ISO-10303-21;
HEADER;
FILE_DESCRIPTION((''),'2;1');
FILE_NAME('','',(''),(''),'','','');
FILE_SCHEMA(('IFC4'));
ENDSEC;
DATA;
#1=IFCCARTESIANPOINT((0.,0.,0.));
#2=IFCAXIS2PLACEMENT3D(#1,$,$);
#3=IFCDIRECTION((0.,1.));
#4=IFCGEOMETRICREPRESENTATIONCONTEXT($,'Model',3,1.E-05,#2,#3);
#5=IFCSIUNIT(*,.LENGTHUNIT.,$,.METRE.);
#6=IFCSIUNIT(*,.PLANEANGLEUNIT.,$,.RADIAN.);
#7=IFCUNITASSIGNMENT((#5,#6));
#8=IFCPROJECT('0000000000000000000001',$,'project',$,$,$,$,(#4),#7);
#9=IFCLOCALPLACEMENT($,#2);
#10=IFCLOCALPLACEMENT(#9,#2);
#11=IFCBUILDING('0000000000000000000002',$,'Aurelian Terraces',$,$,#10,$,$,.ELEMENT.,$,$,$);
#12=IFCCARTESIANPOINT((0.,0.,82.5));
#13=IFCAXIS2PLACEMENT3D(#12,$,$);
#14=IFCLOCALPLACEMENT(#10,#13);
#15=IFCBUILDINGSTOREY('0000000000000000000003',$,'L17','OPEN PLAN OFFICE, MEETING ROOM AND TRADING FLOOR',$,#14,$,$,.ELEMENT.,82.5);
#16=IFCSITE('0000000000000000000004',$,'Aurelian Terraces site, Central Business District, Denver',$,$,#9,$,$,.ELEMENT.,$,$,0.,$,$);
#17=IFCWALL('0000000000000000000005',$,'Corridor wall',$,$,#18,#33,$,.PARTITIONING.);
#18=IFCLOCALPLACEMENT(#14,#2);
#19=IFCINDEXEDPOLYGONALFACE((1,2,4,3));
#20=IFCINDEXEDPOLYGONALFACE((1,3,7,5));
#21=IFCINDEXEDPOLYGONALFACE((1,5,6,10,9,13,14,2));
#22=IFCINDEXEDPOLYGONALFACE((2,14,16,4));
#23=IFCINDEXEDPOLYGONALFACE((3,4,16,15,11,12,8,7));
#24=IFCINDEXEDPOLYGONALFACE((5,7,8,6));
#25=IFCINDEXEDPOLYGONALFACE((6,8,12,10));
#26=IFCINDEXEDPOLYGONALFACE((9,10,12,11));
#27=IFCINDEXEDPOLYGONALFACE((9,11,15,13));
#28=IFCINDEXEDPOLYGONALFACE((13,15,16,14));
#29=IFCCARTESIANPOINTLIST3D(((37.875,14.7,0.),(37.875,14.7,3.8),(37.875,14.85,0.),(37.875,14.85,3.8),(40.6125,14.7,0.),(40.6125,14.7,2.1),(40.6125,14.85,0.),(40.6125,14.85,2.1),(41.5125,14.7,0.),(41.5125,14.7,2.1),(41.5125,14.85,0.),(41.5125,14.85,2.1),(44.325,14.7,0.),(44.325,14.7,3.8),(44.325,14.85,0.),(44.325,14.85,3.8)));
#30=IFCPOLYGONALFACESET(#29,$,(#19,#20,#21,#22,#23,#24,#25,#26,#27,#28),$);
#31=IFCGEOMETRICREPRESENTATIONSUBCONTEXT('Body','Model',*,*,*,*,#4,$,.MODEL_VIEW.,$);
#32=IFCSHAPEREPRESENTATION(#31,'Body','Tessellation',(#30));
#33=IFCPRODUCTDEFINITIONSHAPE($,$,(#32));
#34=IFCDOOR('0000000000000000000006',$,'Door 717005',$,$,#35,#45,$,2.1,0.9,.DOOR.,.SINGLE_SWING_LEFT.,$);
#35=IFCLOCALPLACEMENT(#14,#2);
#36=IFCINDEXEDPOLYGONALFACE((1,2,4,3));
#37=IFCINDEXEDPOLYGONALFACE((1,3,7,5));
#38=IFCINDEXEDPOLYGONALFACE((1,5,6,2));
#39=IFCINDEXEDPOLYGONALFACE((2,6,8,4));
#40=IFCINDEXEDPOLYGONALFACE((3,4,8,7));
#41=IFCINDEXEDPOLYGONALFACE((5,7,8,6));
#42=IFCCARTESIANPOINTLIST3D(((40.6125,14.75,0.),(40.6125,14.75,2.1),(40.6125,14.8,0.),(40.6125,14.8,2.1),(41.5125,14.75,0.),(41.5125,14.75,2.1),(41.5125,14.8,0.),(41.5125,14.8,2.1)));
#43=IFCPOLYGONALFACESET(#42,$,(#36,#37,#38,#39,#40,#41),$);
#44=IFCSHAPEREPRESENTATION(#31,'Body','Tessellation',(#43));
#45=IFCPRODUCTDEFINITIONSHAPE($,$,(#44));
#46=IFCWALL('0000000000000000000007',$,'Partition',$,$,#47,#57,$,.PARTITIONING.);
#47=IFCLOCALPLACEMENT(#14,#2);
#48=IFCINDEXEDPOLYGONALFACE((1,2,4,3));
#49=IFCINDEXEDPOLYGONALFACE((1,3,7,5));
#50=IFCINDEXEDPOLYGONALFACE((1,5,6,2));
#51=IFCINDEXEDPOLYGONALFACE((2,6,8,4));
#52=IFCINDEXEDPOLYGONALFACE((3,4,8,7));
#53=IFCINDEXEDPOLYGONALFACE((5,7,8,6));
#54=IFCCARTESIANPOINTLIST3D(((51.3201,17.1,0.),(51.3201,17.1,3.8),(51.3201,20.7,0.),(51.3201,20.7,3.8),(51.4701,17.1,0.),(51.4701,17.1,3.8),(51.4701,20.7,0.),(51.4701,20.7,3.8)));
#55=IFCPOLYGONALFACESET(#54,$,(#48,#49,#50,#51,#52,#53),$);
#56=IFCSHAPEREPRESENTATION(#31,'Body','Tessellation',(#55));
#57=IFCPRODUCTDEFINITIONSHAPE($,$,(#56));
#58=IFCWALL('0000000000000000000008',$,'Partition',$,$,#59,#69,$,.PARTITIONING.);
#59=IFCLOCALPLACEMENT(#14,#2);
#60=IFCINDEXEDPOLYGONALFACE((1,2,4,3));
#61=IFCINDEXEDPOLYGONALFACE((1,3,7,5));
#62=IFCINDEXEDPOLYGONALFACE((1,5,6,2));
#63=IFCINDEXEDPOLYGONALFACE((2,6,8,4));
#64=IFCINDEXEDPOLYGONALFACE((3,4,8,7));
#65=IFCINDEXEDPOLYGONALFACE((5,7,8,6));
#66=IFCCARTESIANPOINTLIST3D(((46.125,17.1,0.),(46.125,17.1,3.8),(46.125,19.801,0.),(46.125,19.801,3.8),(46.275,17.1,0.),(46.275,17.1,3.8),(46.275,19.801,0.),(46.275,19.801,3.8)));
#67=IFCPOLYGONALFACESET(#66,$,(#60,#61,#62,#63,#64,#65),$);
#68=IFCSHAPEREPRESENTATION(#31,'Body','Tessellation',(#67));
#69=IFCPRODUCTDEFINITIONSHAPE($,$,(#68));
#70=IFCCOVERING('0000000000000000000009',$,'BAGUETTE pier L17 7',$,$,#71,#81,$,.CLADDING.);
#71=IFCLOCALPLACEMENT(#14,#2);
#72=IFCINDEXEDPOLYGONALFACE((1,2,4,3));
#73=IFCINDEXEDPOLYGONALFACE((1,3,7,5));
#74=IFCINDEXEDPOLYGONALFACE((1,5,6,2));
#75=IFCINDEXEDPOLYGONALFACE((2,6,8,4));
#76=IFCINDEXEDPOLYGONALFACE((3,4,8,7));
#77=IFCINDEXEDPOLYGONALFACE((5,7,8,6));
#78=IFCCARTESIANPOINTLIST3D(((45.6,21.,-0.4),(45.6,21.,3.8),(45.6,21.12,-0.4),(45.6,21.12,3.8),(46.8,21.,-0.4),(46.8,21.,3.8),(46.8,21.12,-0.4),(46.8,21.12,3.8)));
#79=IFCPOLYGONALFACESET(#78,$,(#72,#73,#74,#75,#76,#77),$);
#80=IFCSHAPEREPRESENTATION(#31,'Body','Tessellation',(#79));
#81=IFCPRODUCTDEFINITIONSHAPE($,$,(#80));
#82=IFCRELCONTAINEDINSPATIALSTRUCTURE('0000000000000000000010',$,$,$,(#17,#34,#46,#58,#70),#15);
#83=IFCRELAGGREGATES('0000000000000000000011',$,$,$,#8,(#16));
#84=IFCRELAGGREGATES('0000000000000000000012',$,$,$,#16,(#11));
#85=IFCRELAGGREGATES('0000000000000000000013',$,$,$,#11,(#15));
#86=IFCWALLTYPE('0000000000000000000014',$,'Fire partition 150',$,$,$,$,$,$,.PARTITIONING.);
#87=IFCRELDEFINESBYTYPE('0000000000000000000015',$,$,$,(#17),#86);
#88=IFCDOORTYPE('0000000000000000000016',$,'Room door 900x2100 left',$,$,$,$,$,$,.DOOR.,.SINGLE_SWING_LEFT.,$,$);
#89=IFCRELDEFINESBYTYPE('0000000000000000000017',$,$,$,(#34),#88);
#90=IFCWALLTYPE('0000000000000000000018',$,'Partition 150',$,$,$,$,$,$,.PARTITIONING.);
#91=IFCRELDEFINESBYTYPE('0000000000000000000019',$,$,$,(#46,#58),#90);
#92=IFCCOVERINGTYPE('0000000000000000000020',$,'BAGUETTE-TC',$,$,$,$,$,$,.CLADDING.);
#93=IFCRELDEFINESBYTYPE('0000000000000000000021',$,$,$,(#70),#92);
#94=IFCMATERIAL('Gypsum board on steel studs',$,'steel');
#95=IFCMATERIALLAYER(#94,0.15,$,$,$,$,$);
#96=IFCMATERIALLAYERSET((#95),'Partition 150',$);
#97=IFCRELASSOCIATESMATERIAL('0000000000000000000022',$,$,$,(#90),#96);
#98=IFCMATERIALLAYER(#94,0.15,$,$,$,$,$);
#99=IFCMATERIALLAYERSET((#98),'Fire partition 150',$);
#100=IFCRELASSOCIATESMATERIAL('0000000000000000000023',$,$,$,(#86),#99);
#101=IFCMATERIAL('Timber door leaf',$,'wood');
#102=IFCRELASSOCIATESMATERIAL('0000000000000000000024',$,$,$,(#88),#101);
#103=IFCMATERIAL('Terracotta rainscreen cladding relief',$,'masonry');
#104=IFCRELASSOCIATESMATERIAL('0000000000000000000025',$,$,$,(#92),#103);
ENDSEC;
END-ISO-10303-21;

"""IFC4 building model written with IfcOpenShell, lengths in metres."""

from ifc_helpers import new_model, si_unit, direction, frame, frame_2d, origin, origin_2d, place, context, subcontext, project, spatial, rectangle, extrude, source, transform, mapped, material, layer, layer_set, type_object, element, fill, save


model = new_model("IFC4")

# Units and contexts
model_context = context("Model", 3, precision=1e-05, world=origin(), true_north=direction((0.0, 1.0)))
body_context = subcontext(model_context, "Body", "Model", "MODEL_VIEW")
ifc_project = project(units=[si_unit("LENGTHUNIT", "METRE"), si_unit("PLANEANGLEUNIT", "RADIAN")], contexts=[model_context])

# Site, building, storey
site_placement = place(None, origin())
site = spatial("IfcSite", under=ifc_project, at=site_placement, Name="Aurelian Terraces site, Central Business District, Denver", CompositionType="ELEMENT", RefElevation=0.0)
building_placement = place(site_placement, origin())
building = spatial("IfcBuilding", under=site, at=building_placement, Name="Aurelian Terraces", CompositionType="ELEMENT")
storey_placement = place(building_placement, frame((0.0, 0.0, 82.5)))
storey = spatial("IfcBuildingStorey", under=building, at=storey_placement, Name="L17", Description="OPEN PLAN OFFICE, MEETING ROOM AND TRADING FLOOR", CompositionType="ELEMENT", Elevation=82.5)

# Shared definitions
ifc_material_1 = material(Name="Gypsum board on steel studs", Category="steel")
ifc_layer_1 = layer(ifc_material_1, 0.15)
ifc_layer_set_1 = layer_set([ifc_layer_1], Name="Partition 150")
wall_type_1 = type_object("IfcWallType", Name="Partition 150", PredefinedType="PARTITIONING", material=ifc_layer_set_1)

# Shared definitions
ifc_material_2 = material(Name="Timber door leaf", Category="wood")

# Wall, opening, door
ifc_layer_2 = layer(ifc_material_1, 0.15)
ifc_layer_set_2 = layer_set([ifc_layer_2], Name="Fire partition 150")
wall_type_2 = type_object("IfcWallType", Name="Fire partition 150", PredefinedType="PARTITIONING", material=ifc_layer_set_2)
shared_shape_1 = source(origin(), body_context, "Body", "SweptSolid", [
    extrude(rectangle(XDim=6.45, YDim=0.15, at=frame_2d((3.225, 0.0))), origin(), (0.0, 0.0, 1.0), 3.8),
])
wall_1_placement = place(storey_placement, frame((44.325, 14.775, 0.0), z_axis=(0.0, 0.0, 1.0), x_axis=(-1.0, 0.0, 0.0)))
wall_1 = element("IfcWall", 1, at=wall_1_placement, inside=storey, type_object=wall_type_2, Name="Corridor wall", PredefinedType="PARTITIONING", context=body_context, shape_type="MappedRepresentation", body=[
    mapped(shared_shape_1, transform((0.0, 0.0, 0.0), scale=1.0)),
])
shared_shape_2 = source(origin(), body_context, "Body", "SweptSolid", [
    extrude(rectangle(XDim=0.9, YDim=2.1, at=frame_2d((0.45, 1.05))), frame((0.0, 0.085, 0.0), z_axis=(0.0, -1.0, 0.0), x_axis=(1.0, 0.0, 0.0)), (0.0, 0.0, 1.0), 0.17),
])
opening_1_placement = place(wall_1_placement, frame((2.8125, 0.0, 0.0)))
opening_1 = element("IfcOpeningElement", 2, at=opening_1_placement, cuts=wall_1, PredefinedType="OPENING", context=body_context, shape_type="MappedRepresentation", body=[
    mapped(shared_shape_2, transform((0.0, 0.0, 0.0), scale=1.0)),
])
door_type_1 = type_object("IfcDoorType", Name="Room door 900x2100 left", OperationType="SINGLE_SWING_LEFT", PredefinedType="DOOR", material=ifc_material_2)
shared_shape_3 = source(origin(), body_context, "Body", "SweptSolid", [
    extrude(rectangle(XDim=0.9, YDim=2.1, at=frame_2d((0.45, 1.05))), frame((0.0, 0.025, 0.0), z_axis=(0.0, -1.0, 0.0), x_axis=(1.0, 0.0, 0.0)), (0.0, 0.0, 1.0), 0.05),
])
door_1_placement = place(opening_1_placement, origin())
door_1 = element("IfcDoor", 3, at=door_1_placement, inside=storey, type_object=door_type_1, Name="Door 717005", OperationType="SINGLE_SWING_LEFT", OverallHeight=2.1, OverallWidth=0.9, PredefinedType="DOOR", context=body_context, shape_type="MappedRepresentation", body=[
    mapped(shared_shape_3, transform((0.0, 0.0, 0.0), scale=1.0)),
])
fill(opening_1, door_1)

# Walls
shared_shape_4 = source(origin(), body_context, "Body", "SweptSolid", [
    extrude(rectangle(XDim=3.6, YDim=0.15, at=frame_2d((1.8, 0.0))), origin(), (0.0, 0.0, 1.0), 3.8),
])
wall_2_placement = place(storey_placement, frame((51.3951, 20.7, 0.0), z_axis=(0.0, 0.0, 1.0), x_axis=(0.0, -1.0, 0.0)))
element("IfcWall", 4, at=wall_2_placement, inside=storey, type_object=wall_type_1, Name="Partition", PredefinedType="PARTITIONING", context=body_context, shape_type="MappedRepresentation", body=[
    mapped(shared_shape_4, transform((0.0, 0.0, 0.0), scale=1.0)),
])
shared_shape_5 = source(origin(), body_context, "Body", "SweptSolid", [
    extrude(rectangle(XDim=2.701, YDim=0.15, at=frame_2d((1.3505, 0.0))), origin(), (0.0, 0.0, 1.0), 3.8),
])
wall_3_placement = place(storey_placement, frame((46.2, 17.1, 0.0), z_axis=(0.0, 0.0, 1.0), x_axis=(0.0, 1.0, 0.0)))
element("IfcWall", 5, at=wall_3_placement, inside=storey, type_object=wall_type_1, Name="Partition", PredefinedType="PARTITIONING", context=body_context, shape_type="MappedRepresentation", body=[
    mapped(shared_shape_5, transform((0.0, 0.0, 0.0), scale=1.0)),
])

# Covering
ifc_material_3 = material(Name="Terracotta rainscreen cladding relief", Category="masonry")
covering_type = type_object("IfcCoveringType", Name="BAGUETTE-TC", PredefinedType="CLADDING", material=ifc_material_3)
shared_shape_6 = source(origin(), body_context, "Body", "SweptSolid", [
    extrude(rectangle(XDim=1.2, YDim=0.12, at=origin_2d()), origin(), (0.0, 0.0, 1.0), 4.2),
])
covering_placement = place(storey_placement, frame((46.2, 21.06, -0.4), z_axis=(0.0, 0.0, 1.0), x_axis=(1.0, 0.0, 0.0)))
element("IfcCovering", 6, at=covering_placement, inside=storey, type_object=covering_type, Name="BAGUETTE pier L17 7", PredefinedType="CLADDING", context=body_context, shape_type="MappedRepresentation", body=[
    mapped(shared_shape_6, transform((0.0, 0.0, 0.0), scale=1.0)),
])

save(model, "model.ifc")
